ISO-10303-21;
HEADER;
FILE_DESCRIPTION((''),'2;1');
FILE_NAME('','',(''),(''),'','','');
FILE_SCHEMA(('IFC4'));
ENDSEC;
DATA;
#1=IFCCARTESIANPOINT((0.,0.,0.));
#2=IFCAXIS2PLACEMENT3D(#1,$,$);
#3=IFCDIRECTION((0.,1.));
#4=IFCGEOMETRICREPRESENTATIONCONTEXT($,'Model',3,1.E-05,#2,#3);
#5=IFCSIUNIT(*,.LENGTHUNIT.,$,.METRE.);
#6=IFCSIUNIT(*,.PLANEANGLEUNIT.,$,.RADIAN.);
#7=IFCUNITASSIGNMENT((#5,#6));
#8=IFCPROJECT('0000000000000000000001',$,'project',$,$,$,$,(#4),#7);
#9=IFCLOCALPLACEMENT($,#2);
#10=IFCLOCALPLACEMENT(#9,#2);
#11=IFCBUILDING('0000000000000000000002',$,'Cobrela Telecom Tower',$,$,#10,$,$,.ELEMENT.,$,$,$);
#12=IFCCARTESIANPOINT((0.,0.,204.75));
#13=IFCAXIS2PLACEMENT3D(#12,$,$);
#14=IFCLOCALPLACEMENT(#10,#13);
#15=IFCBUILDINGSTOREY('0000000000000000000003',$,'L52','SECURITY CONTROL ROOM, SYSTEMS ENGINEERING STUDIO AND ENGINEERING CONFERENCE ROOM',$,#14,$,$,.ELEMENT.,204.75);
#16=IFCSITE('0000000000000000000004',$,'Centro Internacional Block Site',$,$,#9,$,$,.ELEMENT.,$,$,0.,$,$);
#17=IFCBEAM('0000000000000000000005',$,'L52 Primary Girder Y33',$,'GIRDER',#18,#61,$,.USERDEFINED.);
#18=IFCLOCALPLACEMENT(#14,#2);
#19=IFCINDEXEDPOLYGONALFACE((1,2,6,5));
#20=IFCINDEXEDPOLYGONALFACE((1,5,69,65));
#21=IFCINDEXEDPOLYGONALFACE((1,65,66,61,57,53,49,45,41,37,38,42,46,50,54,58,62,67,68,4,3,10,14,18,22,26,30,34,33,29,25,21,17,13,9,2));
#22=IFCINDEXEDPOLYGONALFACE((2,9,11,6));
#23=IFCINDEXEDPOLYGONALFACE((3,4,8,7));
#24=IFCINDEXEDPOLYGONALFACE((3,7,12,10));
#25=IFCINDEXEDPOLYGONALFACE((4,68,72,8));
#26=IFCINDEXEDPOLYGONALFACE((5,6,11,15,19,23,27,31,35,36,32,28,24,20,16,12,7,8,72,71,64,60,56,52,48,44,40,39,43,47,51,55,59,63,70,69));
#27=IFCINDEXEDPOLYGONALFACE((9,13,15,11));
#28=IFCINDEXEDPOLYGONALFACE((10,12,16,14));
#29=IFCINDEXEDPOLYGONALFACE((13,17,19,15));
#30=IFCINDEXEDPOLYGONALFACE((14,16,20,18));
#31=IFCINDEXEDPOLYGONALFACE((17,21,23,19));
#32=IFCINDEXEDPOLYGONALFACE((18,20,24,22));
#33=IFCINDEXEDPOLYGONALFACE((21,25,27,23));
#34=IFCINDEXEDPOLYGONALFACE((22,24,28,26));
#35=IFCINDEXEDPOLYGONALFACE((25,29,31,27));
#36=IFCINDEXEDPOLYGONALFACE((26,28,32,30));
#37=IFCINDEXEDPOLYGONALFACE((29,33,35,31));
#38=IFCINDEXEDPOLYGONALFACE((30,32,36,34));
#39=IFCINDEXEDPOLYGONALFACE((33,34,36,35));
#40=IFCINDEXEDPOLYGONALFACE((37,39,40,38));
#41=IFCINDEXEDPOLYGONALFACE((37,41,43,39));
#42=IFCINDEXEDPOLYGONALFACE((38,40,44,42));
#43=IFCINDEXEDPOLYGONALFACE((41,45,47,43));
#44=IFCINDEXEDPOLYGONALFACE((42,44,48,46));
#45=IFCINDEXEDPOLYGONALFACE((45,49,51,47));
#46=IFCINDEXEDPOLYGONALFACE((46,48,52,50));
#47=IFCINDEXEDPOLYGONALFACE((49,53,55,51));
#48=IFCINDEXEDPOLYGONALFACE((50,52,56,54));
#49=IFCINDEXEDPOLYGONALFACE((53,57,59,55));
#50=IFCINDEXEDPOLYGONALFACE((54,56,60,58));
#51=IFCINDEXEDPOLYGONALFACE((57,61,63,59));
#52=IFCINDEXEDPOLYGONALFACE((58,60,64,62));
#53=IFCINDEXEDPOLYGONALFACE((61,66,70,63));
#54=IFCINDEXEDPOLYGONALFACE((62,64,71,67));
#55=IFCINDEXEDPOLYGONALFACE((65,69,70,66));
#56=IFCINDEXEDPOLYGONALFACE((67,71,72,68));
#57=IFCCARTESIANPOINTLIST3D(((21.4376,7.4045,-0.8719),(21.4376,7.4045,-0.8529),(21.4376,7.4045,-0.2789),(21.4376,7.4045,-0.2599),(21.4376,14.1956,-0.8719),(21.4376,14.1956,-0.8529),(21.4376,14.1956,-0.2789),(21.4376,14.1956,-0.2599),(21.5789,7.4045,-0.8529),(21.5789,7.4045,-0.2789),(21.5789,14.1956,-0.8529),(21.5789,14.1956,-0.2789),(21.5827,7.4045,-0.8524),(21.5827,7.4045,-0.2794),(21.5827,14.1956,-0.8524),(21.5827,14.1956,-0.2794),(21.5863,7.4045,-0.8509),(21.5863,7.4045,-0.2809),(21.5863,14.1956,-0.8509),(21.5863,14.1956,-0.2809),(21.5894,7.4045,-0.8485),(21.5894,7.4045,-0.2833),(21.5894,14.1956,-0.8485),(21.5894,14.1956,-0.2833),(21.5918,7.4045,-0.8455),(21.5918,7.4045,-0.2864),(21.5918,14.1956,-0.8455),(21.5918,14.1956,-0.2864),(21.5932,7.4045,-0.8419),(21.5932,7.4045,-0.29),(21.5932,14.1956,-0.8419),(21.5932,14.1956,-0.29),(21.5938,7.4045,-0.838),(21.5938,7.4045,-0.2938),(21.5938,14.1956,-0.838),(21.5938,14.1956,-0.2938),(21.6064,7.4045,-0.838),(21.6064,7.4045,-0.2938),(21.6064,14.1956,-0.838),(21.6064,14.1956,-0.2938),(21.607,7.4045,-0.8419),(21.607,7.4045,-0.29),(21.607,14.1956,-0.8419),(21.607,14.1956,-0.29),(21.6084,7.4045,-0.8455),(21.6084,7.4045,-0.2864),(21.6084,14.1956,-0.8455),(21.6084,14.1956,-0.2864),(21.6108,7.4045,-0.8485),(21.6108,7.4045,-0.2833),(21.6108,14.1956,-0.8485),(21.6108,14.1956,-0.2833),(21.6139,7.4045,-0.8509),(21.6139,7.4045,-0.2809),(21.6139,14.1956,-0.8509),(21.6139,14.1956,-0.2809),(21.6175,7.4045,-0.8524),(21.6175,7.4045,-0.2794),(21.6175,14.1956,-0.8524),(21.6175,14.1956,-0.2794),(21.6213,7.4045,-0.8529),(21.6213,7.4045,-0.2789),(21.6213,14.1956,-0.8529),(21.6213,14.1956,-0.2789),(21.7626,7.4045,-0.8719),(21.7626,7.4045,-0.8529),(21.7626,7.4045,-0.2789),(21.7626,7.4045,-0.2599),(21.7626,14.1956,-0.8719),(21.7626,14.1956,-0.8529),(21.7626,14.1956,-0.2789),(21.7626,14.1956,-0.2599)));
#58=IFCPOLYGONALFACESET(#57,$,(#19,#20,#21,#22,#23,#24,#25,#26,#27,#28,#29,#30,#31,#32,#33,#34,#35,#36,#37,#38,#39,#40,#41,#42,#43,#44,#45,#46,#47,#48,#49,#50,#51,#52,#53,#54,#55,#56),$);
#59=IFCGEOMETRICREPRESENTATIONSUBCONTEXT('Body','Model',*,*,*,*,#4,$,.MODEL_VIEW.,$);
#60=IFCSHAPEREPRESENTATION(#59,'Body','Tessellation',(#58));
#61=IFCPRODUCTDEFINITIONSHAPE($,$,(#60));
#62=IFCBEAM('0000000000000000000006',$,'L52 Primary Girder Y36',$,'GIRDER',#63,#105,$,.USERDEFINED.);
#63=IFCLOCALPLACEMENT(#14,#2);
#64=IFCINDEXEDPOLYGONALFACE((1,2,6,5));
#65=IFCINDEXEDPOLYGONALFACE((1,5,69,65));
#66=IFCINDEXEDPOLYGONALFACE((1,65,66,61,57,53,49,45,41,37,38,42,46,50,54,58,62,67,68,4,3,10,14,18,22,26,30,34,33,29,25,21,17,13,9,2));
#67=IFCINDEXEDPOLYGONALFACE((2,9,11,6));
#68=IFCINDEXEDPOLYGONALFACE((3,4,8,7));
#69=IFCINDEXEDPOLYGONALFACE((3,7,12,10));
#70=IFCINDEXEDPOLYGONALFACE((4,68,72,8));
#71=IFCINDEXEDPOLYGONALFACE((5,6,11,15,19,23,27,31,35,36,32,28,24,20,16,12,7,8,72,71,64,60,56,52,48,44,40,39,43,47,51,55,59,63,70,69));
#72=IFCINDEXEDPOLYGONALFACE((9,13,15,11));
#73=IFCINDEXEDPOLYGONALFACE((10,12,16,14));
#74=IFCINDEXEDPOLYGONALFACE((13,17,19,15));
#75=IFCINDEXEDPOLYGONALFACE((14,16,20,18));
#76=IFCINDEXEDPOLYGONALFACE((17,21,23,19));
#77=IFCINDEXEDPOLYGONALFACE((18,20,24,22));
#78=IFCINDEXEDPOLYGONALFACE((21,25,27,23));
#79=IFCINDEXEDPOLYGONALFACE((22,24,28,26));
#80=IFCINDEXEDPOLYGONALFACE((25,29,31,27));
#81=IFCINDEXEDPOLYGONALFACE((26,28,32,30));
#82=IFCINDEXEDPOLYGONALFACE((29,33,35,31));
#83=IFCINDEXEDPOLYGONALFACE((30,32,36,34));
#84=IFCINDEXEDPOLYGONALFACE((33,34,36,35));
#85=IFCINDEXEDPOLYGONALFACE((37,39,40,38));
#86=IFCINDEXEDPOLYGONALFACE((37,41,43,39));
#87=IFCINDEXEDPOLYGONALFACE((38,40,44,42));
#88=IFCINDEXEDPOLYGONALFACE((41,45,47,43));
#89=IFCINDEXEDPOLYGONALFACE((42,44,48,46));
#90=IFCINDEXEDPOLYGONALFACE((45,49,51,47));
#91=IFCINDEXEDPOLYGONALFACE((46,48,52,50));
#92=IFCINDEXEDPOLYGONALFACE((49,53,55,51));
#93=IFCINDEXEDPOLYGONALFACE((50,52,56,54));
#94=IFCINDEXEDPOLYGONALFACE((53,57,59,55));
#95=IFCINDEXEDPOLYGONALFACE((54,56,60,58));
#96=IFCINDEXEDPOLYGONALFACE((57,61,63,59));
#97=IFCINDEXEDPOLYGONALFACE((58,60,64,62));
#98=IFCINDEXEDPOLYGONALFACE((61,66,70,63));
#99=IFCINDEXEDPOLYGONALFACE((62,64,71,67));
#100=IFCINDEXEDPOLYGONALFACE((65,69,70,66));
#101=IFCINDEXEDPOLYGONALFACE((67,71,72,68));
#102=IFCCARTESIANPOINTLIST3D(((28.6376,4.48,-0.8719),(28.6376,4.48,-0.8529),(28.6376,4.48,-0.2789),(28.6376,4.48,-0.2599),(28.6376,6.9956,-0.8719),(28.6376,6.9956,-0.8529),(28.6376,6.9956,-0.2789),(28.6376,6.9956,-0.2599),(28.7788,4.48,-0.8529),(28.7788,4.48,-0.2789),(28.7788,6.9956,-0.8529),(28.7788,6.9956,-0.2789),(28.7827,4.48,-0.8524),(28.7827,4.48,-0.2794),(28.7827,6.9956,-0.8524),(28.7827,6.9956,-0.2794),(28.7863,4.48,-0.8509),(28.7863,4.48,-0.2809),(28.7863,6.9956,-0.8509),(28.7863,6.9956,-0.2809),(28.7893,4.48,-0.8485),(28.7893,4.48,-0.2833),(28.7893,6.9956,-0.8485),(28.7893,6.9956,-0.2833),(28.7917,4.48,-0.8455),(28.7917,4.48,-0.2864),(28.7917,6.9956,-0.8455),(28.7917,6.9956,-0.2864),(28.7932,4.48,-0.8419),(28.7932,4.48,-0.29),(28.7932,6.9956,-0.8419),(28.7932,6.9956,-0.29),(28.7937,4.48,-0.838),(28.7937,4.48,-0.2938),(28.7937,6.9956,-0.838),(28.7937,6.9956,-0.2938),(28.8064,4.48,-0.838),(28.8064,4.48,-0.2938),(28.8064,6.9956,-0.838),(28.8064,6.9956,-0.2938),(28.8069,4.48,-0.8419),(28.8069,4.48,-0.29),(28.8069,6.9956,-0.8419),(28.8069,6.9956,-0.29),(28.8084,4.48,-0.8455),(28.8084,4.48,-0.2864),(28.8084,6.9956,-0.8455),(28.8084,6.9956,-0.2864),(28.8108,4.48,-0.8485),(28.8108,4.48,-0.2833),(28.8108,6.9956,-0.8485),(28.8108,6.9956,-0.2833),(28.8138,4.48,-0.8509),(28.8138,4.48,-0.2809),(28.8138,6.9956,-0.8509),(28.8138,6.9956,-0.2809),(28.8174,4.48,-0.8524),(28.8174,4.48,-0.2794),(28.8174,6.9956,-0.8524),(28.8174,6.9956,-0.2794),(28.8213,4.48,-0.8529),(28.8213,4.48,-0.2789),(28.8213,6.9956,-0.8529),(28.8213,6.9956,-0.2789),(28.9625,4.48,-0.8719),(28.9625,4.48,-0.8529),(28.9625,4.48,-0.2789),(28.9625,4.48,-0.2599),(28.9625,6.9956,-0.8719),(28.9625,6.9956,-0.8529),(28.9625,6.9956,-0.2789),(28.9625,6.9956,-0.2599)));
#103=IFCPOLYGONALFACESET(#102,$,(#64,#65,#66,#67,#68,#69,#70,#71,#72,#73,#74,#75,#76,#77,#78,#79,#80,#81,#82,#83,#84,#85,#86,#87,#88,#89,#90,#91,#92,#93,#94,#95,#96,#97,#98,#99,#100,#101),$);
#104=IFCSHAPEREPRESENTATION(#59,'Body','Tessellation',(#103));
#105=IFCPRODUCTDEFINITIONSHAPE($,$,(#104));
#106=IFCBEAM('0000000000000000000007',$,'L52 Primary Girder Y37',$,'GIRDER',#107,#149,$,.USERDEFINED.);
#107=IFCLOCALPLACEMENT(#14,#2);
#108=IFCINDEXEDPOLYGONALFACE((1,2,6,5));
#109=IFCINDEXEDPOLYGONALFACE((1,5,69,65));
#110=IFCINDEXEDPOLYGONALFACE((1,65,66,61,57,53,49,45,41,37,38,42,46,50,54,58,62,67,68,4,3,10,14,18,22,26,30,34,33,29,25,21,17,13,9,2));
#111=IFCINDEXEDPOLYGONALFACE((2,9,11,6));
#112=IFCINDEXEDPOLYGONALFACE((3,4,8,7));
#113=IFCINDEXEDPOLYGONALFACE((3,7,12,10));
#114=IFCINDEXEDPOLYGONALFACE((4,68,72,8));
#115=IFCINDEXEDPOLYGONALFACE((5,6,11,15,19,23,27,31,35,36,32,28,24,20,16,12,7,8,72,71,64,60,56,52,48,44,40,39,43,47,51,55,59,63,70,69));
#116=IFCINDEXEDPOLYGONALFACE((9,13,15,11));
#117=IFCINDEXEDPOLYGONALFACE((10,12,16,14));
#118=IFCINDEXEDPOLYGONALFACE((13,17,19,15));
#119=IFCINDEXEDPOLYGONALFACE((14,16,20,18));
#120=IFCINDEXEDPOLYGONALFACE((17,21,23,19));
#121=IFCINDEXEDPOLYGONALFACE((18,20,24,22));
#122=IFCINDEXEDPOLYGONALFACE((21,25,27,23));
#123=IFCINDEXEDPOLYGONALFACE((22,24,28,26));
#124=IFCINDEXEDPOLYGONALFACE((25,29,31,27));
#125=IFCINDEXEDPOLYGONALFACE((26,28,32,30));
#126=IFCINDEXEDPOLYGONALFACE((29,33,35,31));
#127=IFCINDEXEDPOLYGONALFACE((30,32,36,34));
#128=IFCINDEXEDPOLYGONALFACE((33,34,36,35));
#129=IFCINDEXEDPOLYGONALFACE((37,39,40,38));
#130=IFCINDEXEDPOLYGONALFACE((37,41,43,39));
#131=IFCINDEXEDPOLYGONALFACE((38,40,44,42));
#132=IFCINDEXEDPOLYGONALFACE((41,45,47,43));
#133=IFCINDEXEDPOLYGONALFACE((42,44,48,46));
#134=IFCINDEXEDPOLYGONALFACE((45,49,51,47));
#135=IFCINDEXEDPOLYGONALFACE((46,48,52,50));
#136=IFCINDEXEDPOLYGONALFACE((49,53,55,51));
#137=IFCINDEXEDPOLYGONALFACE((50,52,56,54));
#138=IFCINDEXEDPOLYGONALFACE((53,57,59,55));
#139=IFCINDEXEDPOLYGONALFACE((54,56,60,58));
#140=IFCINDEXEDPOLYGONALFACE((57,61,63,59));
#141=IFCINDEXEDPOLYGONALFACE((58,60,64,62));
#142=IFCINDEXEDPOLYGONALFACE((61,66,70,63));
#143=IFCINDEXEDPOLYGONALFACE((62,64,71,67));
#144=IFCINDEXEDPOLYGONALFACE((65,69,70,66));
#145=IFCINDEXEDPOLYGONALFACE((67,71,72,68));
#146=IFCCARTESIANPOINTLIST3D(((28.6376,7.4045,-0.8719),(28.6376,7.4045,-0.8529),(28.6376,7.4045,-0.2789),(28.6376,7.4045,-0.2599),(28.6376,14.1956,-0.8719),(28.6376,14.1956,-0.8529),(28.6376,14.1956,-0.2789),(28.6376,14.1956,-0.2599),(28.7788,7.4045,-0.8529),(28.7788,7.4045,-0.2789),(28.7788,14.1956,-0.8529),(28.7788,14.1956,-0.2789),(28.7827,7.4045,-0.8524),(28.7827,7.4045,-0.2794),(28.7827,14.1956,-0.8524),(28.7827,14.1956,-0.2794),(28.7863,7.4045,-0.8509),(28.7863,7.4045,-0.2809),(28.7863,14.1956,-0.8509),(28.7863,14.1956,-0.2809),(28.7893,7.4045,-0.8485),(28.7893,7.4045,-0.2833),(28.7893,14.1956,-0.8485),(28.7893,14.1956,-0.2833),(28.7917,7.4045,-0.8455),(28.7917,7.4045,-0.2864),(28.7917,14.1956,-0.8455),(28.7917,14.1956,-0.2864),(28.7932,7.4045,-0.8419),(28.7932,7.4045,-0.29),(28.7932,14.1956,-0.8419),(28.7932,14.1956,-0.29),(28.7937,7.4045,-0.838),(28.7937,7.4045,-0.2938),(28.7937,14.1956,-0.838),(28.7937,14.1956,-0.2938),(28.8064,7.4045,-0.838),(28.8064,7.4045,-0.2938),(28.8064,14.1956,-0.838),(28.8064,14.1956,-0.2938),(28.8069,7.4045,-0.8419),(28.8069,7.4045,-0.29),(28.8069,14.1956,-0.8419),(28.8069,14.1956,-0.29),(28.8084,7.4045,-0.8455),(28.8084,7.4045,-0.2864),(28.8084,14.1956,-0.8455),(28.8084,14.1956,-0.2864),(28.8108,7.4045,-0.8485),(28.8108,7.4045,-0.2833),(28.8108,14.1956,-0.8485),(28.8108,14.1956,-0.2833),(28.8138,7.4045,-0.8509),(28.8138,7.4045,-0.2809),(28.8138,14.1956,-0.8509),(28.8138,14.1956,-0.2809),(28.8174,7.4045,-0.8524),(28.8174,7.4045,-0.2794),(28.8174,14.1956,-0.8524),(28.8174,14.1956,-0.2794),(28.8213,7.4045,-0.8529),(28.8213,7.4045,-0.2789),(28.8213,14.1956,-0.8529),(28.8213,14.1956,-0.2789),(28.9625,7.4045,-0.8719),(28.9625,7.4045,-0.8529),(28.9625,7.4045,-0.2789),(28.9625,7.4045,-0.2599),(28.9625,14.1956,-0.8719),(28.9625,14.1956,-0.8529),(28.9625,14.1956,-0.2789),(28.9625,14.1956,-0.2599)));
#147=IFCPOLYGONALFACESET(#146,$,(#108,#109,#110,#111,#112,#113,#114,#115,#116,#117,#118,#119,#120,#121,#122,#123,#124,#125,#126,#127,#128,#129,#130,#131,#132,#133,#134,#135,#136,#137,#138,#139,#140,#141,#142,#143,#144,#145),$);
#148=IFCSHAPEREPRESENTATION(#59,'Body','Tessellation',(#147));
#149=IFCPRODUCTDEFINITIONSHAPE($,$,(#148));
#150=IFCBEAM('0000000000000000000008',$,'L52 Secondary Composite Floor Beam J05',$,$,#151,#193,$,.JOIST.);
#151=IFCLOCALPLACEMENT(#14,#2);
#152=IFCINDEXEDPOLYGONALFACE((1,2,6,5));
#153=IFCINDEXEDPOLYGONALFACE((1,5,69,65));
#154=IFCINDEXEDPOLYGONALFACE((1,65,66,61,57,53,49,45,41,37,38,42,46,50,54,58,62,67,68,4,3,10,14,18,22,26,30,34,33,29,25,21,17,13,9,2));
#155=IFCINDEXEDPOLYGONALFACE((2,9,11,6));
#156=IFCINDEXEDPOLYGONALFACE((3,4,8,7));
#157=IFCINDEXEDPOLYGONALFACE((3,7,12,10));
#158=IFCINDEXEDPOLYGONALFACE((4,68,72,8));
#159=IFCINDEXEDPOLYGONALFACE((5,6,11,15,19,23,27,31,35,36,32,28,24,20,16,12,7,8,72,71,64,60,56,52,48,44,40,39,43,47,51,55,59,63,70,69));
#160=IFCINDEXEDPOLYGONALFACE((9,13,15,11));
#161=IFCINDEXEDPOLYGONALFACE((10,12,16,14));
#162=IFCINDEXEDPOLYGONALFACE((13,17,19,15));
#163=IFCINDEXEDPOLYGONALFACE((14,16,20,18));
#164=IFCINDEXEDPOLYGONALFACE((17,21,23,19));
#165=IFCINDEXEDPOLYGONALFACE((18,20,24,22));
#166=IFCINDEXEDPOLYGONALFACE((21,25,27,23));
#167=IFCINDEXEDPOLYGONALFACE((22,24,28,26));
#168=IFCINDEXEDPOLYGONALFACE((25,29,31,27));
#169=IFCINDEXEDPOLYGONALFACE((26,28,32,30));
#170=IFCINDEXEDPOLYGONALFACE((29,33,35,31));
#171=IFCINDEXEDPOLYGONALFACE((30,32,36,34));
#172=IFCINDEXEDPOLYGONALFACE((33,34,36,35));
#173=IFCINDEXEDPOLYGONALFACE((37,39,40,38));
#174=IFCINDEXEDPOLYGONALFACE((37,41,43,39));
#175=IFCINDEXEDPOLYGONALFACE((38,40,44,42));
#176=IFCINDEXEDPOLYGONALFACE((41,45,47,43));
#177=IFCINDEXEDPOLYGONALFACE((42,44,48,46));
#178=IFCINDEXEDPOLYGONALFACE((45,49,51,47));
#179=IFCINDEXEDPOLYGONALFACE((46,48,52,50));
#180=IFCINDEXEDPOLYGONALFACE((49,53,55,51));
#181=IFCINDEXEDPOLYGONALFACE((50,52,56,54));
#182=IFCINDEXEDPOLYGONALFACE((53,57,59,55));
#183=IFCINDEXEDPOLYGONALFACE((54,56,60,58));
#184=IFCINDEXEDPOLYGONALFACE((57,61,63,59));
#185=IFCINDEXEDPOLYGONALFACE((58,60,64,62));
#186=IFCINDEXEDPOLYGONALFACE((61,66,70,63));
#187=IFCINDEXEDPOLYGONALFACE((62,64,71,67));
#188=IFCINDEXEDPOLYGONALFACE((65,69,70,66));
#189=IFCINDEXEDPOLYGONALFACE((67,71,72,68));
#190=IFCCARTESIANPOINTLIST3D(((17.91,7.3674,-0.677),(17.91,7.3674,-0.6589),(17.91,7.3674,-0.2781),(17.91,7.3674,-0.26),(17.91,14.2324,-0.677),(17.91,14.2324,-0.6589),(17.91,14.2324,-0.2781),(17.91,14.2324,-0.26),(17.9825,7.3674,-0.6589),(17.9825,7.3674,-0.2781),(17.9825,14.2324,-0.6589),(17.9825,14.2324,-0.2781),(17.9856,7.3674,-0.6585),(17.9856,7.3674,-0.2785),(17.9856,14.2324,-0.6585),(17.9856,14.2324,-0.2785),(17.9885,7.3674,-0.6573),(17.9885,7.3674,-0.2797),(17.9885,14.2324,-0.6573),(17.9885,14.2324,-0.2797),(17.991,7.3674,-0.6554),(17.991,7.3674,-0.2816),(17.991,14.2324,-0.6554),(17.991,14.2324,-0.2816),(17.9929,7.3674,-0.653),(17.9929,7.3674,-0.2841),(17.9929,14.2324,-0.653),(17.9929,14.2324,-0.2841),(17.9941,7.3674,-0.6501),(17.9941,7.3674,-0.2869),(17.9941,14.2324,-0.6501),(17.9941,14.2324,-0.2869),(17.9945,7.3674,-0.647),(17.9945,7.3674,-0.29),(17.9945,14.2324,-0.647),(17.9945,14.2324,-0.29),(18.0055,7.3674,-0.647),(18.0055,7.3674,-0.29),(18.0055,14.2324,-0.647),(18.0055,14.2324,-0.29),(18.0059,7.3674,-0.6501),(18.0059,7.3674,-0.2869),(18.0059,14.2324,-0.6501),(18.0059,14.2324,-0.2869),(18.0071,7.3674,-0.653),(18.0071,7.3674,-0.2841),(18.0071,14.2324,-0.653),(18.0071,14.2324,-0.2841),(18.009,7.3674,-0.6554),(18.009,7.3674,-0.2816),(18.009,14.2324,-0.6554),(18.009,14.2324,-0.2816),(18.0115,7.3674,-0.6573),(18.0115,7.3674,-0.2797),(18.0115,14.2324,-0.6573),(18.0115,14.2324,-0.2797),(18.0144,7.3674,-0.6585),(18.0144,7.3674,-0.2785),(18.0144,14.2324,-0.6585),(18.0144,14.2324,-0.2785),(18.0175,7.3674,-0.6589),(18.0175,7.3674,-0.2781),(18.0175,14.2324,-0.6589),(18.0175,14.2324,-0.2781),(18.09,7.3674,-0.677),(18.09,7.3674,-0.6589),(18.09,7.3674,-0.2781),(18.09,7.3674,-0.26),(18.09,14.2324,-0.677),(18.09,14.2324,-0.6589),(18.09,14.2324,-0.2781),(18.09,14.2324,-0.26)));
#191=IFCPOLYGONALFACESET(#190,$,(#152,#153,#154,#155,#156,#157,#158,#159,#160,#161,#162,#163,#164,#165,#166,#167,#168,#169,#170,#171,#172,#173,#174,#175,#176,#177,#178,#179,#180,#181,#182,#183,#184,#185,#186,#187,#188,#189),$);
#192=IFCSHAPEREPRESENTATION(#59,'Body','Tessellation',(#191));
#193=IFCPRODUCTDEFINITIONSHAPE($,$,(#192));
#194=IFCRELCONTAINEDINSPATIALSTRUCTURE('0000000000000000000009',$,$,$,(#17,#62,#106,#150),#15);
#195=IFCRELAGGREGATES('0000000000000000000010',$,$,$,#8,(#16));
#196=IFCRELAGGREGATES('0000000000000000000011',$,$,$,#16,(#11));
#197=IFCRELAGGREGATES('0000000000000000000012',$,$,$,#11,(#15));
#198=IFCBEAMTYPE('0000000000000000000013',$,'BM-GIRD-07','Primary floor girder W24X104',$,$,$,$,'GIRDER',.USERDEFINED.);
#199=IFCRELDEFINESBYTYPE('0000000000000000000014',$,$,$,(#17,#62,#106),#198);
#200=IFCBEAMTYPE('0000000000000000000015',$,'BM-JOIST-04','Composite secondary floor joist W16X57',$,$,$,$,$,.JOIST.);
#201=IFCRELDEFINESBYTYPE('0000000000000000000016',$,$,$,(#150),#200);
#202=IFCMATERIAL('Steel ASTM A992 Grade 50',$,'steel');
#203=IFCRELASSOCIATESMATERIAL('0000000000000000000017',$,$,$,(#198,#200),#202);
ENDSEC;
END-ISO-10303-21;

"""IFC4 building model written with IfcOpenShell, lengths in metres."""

from ifc_helpers import new_model, si_unit, direction, frame, origin, origin_2d, place, context, subcontext, project, spatial, i_section, extrude, material, material_profile, profile_set, type_object, element, save


model = new_model("IFC4")

# Units and contexts
model_context = context("Model", 3, precision=1e-05, world=origin(), true_north=direction((0.0, 1.0)))
body_context = subcontext(model_context, "Body", "Model", "MODEL_VIEW")
ifc_project = project(units=[si_unit("LENGTHUNIT", "METRE"), si_unit("PLANEANGLEUNIT", "RADIAN")], contexts=[model_context])

# Site, building, storey
site_placement = place(None, origin())
site = spatial("IfcSite", under=ifc_project, at=site_placement, Name="Centro Internacional Block Site", CompositionType="ELEMENT", RefElevation=0.0)
building_placement = place(site_placement, origin())
building = spatial("IfcBuilding", under=site, at=building_placement, Name="Cobrela Telecom Tower", CompositionType="ELEMENT")
storey_placement = place(building_placement, frame((0.0, 0.0, 204.75)))
storey = spatial("IfcBuildingStorey", under=building, at=storey_placement, Name="L52", Description="SECURITY CONTROL ROOM, SYSTEMS ENGINEERING STUDIO AND ENGINEERING CONFERENCE ROOM", CompositionType="ELEMENT", Elevation=204.75)

# Shared definitions
ifc_material_1 = material(Name="Steel ASTM A992 Grade 50", Category="steel")

# Beams
ifc_material_profile_1 = material_profile(ifc_material_1, i_section(OverallWidth=0.325, OverallDepth=0.6121, WebThickness=0.0127, FlangeThickness=0.019, FilletRadius=0.0149, at=origin_2d()), Name="W24X104")
ifc_profile_set_1 = profile_set([ifc_material_profile_1], Name="Steel ASTM A992 Grade 50")
beam_type_1 = type_object("IfcBeamType", Name="BM-GIRD-07", Description="Primary floor girder W24X104", ElementType="GIRDER", PredefinedType="USERDEFINED", material=ifc_profile_set_1)
beam_1_placement = place(storey_placement, frame((21.6001, 7.4045, -0.5659), z_axis=(0.0, 1.0, 0.0), x_axis=(-1.0, 0.0, 0.0)))
element("IfcBeam", 1, at=beam_1_placement, inside=storey, type_object=beam_type_1, Name="L52 Primary Girder Y33", ObjectType="GIRDER", PredefinedType="USERDEFINED", context=body_context, shape_type="SweptSolid", body=[
    extrude(i_section(OverallWidth=0.325, OverallDepth=0.6121, WebThickness=0.0127, FlangeThickness=0.019, FilletRadius=0.0149, at=origin_2d()), origin(), (0.0, 0.0, 1.0), 6.791),
])
beam_2_placement = place(storey_placement, frame((28.8, 4.48, -0.5659), z_axis=(0.0, 1.0, 0.0), x_axis=(-1.0, 0.0, 0.0)))
element("IfcBeam", 2, at=beam_2_placement, inside=storey, type_object=beam_type_1, Name="L52 Primary Girder Y36", ObjectType="GIRDER", PredefinedType="USERDEFINED", context=body_context, shape_type="SweptSolid", body=[
    extrude(i_section(OverallWidth=0.325, OverallDepth=0.6121, WebThickness=0.0127, FlangeThickness=0.019, FilletRadius=0.0149, at=origin_2d()), origin(), (0.0, 0.0, 1.0), 2.5156),
])
beam_3_placement = place(storey_placement, frame((28.8, 7.4045, -0.5659), z_axis=(0.0, 1.0, 0.0), x_axis=(-1.0, 0.0, 0.0)))
element("IfcBeam", 3, at=beam_3_placement, inside=storey, type_object=beam_type_1, Name="L52 Primary Girder Y37", ObjectType="GIRDER", PredefinedType="USERDEFINED", context=body_context, shape_type="SweptSolid", body=[
    extrude(i_section(OverallWidth=0.325, OverallDepth=0.6121, WebThickness=0.0127, FlangeThickness=0.019, FilletRadius=0.0149, at=origin_2d()), origin(), (0.0, 0.0, 1.0), 6.791),
])
ifc_material_profile_2 = material_profile(ifc_material_1, i_section(OverallWidth=0.1799, OverallDepth=0.417, WebThickness=0.011, FlangeThickness=0.0181, FilletRadius=0.012, at=origin_2d()), Name="W16X57")
ifc_profile_set_2 = profile_set([ifc_material_profile_2], Name="Steel ASTM A992 Grade 50")
beam_type_2 = type_object("IfcBeamType", Name="BM-JOIST-04", Description="Composite secondary floor joist W16X57", PredefinedType="JOIST", material=ifc_profile_set_2)
for number, where, z_axis, x_axis, name in (
    (4, (18.0, 7.3674, -0.4685), (0.0, 1.0, 0.0), (-1.0, 0.0, 0.0), "L52 Secondary Composite Floor Beam J05"),
):
    element("IfcBeam", number, at=place(storey_placement, frame(where, z_axis=z_axis, x_axis=x_axis)), inside=storey, type_object=beam_type_2, Name=name, PredefinedType="JOIST", context=body_context, shape_type="SweptSolid", body=[
        extrude(i_section(OverallWidth=0.1799, OverallDepth=0.417, WebThickness=0.011, FlangeThickness=0.0181, FilletRadius=0.012, at=origin_2d()), origin(), (0.0, 0.0, 1.0), 6.865),
    ])

save(model, "model.ifc")
